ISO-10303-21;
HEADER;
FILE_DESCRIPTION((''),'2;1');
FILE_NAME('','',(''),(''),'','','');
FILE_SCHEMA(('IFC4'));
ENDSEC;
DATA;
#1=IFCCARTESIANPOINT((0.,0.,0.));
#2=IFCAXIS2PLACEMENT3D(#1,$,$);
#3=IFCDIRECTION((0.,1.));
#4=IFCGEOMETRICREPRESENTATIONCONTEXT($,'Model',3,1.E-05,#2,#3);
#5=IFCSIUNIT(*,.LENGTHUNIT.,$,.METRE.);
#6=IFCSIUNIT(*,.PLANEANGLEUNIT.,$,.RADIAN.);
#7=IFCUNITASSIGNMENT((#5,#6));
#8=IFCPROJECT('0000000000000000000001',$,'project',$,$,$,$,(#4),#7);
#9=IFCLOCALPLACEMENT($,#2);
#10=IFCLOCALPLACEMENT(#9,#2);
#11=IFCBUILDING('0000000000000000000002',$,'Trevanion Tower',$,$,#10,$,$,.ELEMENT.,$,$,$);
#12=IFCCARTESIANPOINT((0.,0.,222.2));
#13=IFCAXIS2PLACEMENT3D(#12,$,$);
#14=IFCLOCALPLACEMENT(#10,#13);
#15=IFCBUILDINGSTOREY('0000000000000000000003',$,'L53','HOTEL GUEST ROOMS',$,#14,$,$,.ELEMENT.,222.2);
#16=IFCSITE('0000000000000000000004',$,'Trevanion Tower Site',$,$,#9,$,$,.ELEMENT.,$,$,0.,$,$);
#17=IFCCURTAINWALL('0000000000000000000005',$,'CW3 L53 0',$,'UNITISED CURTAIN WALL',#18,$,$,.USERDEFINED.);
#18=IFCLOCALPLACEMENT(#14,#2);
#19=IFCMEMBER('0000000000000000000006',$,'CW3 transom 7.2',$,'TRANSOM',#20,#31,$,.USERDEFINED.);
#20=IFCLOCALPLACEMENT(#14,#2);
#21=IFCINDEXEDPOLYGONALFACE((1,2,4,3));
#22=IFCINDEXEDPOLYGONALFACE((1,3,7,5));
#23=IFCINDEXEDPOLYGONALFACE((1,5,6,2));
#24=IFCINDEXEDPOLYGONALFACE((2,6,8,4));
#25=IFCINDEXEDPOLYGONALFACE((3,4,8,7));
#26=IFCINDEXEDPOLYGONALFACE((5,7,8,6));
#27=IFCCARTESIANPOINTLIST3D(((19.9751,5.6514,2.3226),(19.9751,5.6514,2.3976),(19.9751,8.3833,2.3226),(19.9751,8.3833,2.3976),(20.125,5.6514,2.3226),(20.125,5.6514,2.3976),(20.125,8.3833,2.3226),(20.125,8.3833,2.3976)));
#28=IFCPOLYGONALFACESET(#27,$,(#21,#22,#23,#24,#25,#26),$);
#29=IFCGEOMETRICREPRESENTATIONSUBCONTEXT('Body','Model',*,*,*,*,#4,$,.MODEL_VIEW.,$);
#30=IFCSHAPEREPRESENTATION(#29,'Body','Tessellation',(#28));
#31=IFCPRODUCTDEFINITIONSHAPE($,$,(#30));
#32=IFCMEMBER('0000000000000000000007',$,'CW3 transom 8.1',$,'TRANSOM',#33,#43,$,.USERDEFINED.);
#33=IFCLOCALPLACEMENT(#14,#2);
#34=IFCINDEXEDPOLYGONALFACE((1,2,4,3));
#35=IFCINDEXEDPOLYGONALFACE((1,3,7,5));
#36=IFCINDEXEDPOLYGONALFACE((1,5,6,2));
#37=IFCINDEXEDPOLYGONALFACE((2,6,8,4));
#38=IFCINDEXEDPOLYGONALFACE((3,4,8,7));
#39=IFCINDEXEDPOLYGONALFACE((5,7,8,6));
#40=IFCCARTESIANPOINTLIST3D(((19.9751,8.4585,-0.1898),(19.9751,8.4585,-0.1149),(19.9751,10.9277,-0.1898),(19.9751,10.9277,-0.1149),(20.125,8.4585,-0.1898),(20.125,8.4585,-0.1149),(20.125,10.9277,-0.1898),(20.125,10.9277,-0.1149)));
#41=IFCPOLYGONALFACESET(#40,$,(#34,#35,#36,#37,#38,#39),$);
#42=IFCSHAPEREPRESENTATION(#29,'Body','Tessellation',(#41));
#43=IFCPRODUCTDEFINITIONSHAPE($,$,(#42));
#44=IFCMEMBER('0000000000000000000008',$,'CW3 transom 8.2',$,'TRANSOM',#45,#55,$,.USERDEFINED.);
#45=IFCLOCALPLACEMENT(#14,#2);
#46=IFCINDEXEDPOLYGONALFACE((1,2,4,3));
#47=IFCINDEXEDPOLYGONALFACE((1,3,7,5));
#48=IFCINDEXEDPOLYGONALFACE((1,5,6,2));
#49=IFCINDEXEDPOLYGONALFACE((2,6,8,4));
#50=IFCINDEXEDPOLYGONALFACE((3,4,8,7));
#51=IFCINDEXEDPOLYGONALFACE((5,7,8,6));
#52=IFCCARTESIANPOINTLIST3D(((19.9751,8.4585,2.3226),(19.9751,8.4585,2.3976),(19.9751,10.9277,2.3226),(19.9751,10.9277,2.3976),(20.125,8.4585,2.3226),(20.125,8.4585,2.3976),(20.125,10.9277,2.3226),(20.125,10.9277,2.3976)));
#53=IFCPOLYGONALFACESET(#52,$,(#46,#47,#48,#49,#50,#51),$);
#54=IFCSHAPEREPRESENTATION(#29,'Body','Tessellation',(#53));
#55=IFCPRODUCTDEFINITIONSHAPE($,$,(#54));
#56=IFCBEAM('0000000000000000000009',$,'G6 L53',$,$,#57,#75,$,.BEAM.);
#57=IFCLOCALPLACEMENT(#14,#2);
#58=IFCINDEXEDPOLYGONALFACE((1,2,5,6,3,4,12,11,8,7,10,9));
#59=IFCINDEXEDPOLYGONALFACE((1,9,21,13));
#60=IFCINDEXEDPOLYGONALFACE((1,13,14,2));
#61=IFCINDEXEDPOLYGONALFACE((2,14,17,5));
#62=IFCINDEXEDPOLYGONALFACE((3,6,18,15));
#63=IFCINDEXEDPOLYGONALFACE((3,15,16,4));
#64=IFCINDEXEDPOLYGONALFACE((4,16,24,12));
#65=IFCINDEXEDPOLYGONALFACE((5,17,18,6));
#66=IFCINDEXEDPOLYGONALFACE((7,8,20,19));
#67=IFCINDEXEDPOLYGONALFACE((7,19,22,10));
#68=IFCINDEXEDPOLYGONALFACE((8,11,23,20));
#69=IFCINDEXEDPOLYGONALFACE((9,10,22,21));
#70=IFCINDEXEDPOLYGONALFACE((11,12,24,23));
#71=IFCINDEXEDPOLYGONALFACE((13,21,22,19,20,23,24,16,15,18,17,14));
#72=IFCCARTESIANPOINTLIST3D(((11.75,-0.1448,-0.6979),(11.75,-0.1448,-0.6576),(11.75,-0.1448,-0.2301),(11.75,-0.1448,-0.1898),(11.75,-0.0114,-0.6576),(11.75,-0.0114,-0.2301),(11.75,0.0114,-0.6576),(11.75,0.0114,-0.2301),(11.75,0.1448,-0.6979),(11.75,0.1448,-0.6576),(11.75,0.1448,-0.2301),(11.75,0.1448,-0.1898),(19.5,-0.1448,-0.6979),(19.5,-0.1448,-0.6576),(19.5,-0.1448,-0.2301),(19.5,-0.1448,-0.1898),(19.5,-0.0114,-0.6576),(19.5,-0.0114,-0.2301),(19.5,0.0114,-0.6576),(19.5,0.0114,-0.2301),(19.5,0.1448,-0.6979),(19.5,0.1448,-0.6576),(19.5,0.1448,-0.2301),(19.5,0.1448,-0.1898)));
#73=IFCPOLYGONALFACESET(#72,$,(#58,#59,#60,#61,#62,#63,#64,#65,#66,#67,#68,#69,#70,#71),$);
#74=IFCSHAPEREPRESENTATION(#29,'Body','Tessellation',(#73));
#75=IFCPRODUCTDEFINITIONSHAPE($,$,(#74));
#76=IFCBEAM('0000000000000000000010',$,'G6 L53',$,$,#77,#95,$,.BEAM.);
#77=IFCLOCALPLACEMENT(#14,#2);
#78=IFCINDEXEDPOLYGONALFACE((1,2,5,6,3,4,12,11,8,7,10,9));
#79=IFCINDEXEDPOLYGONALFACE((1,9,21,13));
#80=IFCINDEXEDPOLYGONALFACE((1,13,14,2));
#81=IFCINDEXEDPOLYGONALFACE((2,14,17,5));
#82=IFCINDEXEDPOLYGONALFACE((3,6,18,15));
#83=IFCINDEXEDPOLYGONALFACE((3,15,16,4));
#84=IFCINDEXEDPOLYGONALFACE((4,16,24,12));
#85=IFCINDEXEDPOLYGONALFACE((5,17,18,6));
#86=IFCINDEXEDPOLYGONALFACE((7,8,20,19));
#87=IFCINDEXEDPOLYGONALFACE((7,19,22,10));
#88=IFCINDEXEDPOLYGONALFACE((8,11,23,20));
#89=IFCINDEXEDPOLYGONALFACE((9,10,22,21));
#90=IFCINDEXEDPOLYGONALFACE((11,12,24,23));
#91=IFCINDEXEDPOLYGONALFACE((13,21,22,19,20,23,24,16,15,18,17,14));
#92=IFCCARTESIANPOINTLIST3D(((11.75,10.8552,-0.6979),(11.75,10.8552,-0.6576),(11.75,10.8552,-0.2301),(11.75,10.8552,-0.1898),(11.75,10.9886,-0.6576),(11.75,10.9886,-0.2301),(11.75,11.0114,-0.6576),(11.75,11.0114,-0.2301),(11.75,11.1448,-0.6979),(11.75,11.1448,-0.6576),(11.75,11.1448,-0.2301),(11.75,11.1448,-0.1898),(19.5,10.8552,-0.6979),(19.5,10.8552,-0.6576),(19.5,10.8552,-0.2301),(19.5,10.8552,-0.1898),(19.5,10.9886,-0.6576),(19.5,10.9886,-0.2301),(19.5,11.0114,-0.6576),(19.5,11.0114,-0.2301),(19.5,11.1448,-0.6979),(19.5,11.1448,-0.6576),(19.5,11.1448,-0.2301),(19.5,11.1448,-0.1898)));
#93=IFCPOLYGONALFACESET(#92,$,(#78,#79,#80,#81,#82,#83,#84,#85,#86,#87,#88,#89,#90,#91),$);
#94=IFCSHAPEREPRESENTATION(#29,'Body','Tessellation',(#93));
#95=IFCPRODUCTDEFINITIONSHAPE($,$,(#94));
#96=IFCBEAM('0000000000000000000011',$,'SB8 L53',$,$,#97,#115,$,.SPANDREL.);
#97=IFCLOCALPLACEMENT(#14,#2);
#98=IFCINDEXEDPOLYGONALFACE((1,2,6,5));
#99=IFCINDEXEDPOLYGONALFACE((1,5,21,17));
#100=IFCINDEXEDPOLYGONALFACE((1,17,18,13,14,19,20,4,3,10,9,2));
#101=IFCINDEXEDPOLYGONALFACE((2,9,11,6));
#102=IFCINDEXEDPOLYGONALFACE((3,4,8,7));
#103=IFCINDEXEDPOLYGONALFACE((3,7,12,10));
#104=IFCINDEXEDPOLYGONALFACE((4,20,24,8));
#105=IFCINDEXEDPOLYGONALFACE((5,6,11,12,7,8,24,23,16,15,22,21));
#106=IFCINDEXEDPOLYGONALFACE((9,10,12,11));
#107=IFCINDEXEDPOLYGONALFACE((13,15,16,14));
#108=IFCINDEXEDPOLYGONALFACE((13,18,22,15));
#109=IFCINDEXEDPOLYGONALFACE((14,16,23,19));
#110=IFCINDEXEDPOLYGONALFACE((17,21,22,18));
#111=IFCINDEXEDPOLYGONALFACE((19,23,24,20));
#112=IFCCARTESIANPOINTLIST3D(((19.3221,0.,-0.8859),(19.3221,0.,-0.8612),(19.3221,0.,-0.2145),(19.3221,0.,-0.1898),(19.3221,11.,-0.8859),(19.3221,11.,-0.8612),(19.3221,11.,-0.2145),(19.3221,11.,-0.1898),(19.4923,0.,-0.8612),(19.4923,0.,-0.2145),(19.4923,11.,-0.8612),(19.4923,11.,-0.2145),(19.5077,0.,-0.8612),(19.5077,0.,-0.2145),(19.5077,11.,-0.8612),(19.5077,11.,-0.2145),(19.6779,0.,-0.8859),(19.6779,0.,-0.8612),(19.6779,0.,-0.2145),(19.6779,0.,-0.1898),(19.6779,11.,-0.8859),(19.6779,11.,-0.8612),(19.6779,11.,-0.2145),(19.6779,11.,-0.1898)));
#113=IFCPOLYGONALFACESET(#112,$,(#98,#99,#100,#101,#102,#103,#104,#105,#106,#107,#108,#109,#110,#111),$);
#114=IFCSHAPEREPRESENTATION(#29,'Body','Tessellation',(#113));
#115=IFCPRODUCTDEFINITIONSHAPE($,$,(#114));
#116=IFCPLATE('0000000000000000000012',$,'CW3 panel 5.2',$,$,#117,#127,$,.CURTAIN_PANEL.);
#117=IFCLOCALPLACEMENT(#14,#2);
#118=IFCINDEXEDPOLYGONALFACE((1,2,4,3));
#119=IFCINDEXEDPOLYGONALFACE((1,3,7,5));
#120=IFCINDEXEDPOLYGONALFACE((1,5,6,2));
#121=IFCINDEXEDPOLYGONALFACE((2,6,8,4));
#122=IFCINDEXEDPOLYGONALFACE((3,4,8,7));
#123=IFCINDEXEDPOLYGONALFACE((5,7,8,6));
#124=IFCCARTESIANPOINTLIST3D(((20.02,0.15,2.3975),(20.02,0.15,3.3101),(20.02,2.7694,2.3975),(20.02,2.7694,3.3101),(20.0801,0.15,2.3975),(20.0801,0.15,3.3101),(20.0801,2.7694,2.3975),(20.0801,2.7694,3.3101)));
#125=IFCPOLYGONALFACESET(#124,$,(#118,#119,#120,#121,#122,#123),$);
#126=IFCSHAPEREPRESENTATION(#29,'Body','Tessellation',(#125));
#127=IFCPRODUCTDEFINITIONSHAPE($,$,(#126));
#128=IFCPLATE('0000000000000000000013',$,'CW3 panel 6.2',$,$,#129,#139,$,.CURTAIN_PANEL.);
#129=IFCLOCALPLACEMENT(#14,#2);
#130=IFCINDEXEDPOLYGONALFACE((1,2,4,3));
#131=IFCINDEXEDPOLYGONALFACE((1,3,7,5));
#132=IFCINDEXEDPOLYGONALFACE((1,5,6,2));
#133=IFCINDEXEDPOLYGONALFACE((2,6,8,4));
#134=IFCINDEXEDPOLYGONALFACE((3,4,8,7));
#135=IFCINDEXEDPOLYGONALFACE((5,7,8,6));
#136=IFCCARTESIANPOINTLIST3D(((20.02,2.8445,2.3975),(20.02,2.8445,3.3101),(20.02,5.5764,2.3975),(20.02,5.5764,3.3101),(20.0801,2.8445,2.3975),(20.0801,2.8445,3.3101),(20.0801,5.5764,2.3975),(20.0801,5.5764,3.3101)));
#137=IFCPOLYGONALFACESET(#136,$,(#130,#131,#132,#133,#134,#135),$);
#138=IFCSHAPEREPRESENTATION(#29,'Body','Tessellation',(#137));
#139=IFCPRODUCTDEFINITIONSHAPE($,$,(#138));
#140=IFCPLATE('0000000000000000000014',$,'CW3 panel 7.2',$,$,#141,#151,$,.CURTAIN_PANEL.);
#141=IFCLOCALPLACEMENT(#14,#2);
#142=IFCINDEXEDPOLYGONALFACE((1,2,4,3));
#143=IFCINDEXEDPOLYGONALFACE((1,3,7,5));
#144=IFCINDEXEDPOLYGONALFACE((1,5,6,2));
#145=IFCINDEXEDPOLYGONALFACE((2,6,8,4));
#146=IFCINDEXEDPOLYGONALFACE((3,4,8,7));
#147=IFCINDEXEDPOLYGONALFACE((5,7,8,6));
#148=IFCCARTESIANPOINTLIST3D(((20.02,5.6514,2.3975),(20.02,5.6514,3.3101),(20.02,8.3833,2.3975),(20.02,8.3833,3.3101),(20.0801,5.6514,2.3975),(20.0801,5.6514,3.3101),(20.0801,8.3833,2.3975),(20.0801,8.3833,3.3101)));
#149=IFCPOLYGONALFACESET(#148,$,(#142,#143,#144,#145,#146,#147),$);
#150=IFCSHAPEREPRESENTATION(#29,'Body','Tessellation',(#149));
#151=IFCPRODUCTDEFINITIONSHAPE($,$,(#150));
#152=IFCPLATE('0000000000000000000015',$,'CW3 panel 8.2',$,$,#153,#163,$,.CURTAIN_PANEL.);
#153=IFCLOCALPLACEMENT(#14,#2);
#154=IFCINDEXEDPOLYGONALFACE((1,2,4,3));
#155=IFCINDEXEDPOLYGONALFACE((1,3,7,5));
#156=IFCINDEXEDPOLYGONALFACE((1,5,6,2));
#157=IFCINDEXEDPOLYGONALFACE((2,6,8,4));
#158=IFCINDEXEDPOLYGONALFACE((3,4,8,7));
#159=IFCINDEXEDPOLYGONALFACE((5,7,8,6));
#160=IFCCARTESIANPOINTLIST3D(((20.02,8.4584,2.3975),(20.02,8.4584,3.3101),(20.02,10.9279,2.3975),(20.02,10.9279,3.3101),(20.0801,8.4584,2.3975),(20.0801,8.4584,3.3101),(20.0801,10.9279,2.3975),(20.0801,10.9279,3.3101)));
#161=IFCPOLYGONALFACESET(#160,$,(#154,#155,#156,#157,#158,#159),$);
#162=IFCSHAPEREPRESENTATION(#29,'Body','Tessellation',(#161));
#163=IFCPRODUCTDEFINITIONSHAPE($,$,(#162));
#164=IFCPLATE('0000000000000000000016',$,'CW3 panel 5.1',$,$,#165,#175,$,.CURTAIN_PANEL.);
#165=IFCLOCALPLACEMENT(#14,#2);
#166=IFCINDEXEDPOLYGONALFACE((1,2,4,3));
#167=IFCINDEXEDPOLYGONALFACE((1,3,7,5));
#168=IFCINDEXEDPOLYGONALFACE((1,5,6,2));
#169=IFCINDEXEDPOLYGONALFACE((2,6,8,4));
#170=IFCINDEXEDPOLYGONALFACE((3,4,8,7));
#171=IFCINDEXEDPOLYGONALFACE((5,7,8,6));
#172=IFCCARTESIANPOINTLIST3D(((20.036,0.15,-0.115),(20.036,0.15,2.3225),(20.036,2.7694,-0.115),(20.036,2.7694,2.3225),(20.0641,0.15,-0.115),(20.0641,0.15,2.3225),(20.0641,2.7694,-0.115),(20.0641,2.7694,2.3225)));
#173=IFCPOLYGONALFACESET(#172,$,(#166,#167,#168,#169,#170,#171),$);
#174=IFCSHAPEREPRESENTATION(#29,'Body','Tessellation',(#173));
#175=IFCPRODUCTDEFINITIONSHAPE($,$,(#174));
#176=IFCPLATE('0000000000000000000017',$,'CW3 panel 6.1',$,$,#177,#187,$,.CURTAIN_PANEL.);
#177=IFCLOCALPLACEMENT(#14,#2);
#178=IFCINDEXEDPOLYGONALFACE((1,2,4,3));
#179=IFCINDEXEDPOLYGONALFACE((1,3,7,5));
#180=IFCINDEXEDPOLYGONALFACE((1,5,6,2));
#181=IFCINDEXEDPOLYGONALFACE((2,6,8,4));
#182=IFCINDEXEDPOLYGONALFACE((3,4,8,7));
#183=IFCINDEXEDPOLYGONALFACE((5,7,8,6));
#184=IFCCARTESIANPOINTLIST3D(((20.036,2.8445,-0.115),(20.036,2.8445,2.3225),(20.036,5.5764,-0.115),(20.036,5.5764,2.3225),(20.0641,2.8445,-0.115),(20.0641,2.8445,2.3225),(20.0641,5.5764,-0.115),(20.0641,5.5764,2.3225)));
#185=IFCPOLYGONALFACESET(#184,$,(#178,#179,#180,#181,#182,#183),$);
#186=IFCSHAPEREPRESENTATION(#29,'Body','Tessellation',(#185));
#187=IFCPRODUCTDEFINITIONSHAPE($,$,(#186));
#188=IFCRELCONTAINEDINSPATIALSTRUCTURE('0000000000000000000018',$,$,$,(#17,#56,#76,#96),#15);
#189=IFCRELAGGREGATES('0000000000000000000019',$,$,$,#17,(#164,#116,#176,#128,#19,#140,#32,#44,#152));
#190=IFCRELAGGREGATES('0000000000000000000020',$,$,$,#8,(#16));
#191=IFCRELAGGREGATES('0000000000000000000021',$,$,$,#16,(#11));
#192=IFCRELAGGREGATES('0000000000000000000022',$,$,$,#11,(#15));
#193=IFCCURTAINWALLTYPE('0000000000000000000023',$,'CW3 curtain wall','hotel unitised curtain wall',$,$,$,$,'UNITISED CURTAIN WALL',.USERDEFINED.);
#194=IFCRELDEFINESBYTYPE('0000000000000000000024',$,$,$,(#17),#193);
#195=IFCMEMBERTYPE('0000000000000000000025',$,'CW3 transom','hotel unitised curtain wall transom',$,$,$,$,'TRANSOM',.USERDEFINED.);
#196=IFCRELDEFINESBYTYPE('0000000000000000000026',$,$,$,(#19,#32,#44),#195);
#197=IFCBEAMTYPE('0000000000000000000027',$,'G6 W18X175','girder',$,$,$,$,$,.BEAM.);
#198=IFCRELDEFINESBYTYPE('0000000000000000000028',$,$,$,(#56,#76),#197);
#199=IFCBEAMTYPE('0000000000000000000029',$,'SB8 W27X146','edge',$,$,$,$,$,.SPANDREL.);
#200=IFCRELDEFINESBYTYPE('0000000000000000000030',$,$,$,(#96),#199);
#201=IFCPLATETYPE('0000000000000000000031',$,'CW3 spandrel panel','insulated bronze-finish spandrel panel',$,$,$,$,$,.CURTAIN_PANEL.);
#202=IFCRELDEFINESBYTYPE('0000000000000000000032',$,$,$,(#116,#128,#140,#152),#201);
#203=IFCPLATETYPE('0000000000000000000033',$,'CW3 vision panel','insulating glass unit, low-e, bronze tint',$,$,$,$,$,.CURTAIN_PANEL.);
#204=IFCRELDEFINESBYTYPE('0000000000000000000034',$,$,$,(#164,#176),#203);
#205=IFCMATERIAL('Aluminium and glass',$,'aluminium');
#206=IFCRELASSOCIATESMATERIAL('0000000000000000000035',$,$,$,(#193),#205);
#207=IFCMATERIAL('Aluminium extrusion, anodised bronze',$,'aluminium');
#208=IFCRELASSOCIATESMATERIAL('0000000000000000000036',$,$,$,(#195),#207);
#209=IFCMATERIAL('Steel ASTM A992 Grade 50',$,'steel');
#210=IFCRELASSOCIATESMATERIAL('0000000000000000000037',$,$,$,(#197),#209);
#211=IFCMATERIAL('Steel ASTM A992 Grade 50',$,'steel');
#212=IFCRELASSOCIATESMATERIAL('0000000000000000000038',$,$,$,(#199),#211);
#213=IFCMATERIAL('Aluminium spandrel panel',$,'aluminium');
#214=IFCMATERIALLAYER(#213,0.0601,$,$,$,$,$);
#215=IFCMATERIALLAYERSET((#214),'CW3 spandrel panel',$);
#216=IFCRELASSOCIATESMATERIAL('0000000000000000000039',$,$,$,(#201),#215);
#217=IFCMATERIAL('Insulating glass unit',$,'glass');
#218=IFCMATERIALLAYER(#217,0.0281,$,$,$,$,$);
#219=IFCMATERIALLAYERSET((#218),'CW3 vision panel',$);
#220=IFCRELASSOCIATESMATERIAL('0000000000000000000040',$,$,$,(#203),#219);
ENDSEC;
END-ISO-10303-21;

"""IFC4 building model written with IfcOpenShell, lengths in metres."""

from ifc_helpers import new_model, si_unit, direction, frame, origin, origin_2d, place, context, subcontext, project, spatial, rectangle, i_section, extrude, material, layer, layer_set, material_profile, profile_set, type_object, element, aggregate, save


model = new_model("IFC4")

# Units and contexts
model_context = context("Model", 3, precision=1e-05, world=origin(), true_north=direction((0.0, 1.0)))
body_context = subcontext(model_context, "Body", "Model", "MODEL_VIEW")
ifc_project = project(units=[si_unit("LENGTHUNIT", "METRE"), si_unit("PLANEANGLEUNIT", "RADIAN")], contexts=[model_context])

# Site, building, storey
site_placement = place(None, origin())
site = spatial("IfcSite", under=ifc_project, at=site_placement, Name="Trevanion Tower Site", CompositionType="ELEMENT", RefElevation=0.0)
building_placement = place(site_placement, origin())
building = spatial("IfcBuilding", under=site, at=building_placement, Name="Trevanion Tower", CompositionType="ELEMENT")
storey_placement = place(building_placement, frame((0.0, 0.0, 222.2)))
storey = spatial("IfcBuildingStorey", under=building, at=storey_placement, Name="L53", Description="HOTEL GUEST ROOMS", CompositionType="ELEMENT", Elevation=222.2)

# Curtain wall, members
ifc_material_1 = material(Name="Aluminium and glass", Category="aluminium")
curtain_wall_type = type_object("IfcCurtainWallType", Name="CW3 curtain wall", Description="hotel unitised curtain wall", ElementType="UNITISED CURTAIN WALL", PredefinedType="USERDEFINED", material=ifc_material_1)
curtain_wall_placement = place(storey_placement, origin())
curtain_wall = element("IfcCurtainWall", 1, at=curtain_wall_placement, inside=storey, type_object=curtain_wall_type, Name="CW3 L53 0", ObjectType="UNITISED CURTAIN WALL", PredefinedType="USERDEFINED")
ifc_material_2 = material(Name="Aluminium extrusion, anodised bronze", Category="aluminium")
ifc_material_profile_1 = material_profile(ifc_material_2, rectangle(XDim=0.1499, YDim=0.075, at=origin_2d()), Name="CW3 transom")
ifc_profile_set_1 = profile_set([ifc_material_profile_1], Name="Aluminium extrusion, anodised bronze")
member_type_1 = type_object("IfcMemberType", Name="CW3 transom", Description="hotel unitised curtain wall transom", ElementType="TRANSOM", PredefinedType="USERDEFINED", material=ifc_profile_set_1)
member_1_placement = place(storey_placement, frame((20.05, 5.6514, 2.3601), z_axis=(0.0, 1.0, 0.0), x_axis=(-1.0, 0.0, 0.0)))
member_1 = element("IfcMember", 2, at=member_1_placement, type_object=member_type_1, Name="CW3 transom 7.2", ObjectType="TRANSOM", PredefinedType="USERDEFINED", context=body_context, shape_type="SweptSolid", body=[
    extrude(rectangle(XDim=0.1499, YDim=0.075, at=origin_2d()), origin(), (0.0, 0.0, 1.0), 2.7319),
])
member_2_placement = place(storey_placement, frame((20.05, 8.4585, -0.1523), z_axis=(0.0, 1.0, 0.0), x_axis=(-1.0, 0.0, 0.0)))
member_2 = element("IfcMember", 3, at=member_2_placement, type_object=member_type_1, Name="CW3 transom 8.1", ObjectType="TRANSOM", PredefinedType="USERDEFINED", context=body_context, shape_type="SweptSolid", body=[
    extrude(rectangle(XDim=0.1499, YDim=0.075, at=origin_2d()), origin(), (0.0, 0.0, 1.0), 2.4692),
])
member_3_placement = place(storey_placement, frame((20.05, 8.4585, 2.3601), z_axis=(0.0, 1.0, 0.0), x_axis=(-1.0, 0.0, 0.0)))
member_3 = element("IfcMember", 4, at=member_3_placement, type_object=member_type_1, Name="CW3 transom 8.2", ObjectType="TRANSOM", PredefinedType="USERDEFINED", context=body_context, shape_type="SweptSolid", body=[
    extrude(rectangle(XDim=0.1499, YDim=0.075, at=origin_2d()), origin(), (0.0, 0.0, 1.0), 2.4692),
])

# Beams
ifc_material_3 = material(Name="Steel ASTM A992 Grade 50", Category="steel")
ifc_material_profile_2 = material_profile(ifc_material_3, i_section(OverallWidth=0.2896, OverallDepth=0.5081, WebThickness=0.0227, FlangeThickness=0.0403, at=origin_2d()), Name="W18X175")
ifc_profile_set_2 = profile_set([ifc_material_profile_2], Name="Steel ASTM A992 Grade 50")
beam_type_1 = type_object("IfcBeamType", Name="G6 W18X175", Description="girder", PredefinedType="BEAM", material=ifc_profile_set_2)
for number, where, z_axis, x_axis, name in (
    (5, (11.75, 0.0, -0.4438), (1.0, 0.0, 0.0), (0.0, 1.0, 0.0), "G6 L53"),
    (6, (11.75, 11.0, -0.4438), (1.0, 0.0, 0.0), (0.0, 1.0, 0.0), "G6 L53"),
):
    element("IfcBeam", number, at=place(storey_placement, frame(where, z_axis=z_axis, x_axis=x_axis)), inside=storey, type_object=beam_type_1, Name=name, PredefinedType="BEAM", context=body_context, shape_type="SweptSolid", body=[
        extrude(i_section(OverallWidth=0.2896, OverallDepth=0.5081, WebThickness=0.0227, FlangeThickness=0.0403, at=origin_2d()), origin(), (0.0, 0.0, 1.0), 7.75),
    ])
ifc_material_4 = material(Name="Steel ASTM A992 Grade 50", Category="steel")
ifc_material_profile_3 = material_profile(ifc_material_4, i_section(OverallWidth=0.3557, OverallDepth=0.696, WebThickness=0.0154, FlangeThickness=0.0247, at=origin_2d()), Name="W27X146")
ifc_profile_set_3 = profile_set([ifc_material_profile_3], Name="Steel ASTM A992 Grade 50")
beam_type_2 = type_object("IfcBeamType", Name="SB8 W27X146", Description="edge", PredefinedType="SPANDREL", material=ifc_profile_set_3)
beam_placement = place(storey_placement, frame((19.5, 0.0, -0.5378), z_axis=(0.0, 1.0, 0.0), x_axis=(-1.0, 0.0, 0.0)))
element("IfcBeam", 7, at=beam_placement, inside=storey, type_object=beam_type_2, Name="SB8 L53", PredefinedType="SPANDREL", context=body_context, shape_type="SweptSolid", body=[
    extrude(i_section(OverallWidth=0.3557, OverallDepth=0.696, WebThickness=0.0154, FlangeThickness=0.0247, at=origin_2d()), origin(), (0.0, 0.0, 1.0), 11.0),
])

# Plates
ifc_material_5 = material(Name="Aluminium spandrel panel", Category="aluminium")
ifc_layer_1 = layer(ifc_material_5, 0.0601)
ifc_layer_set_1 = layer_set([ifc_layer_1], Name="CW3 spandrel panel")
plate_type_1 = type_object("IfcPlateType", Name="CW3 spandrel panel", Description="insulated bronze-finish spandrel panel", PredefinedType="CURTAIN_PANEL", material=ifc_layer_set_1)
plate_1_placement = place(storey_placement, frame((20.05, 1.4597, 2.3975), z_axis=(0.0, 0.0, 1.0), x_axis=(0.0, 1.0, 0.0)))
plate_1 = element("IfcPlate", 8, at=plate_1_placement, type_object=plate_type_1, Name="CW3 panel 5.2", PredefinedType="CURTAIN_PANEL", context=body_context, shape_type="SweptSolid", body=[
    extrude(rectangle(XDim=2.6194, YDim=0.0601, at=origin_2d()), origin(), (0.0, 0.0, 1.0), 0.9126),
])
plate_2_placement = place(storey_placement, frame((20.05, 4.2104, 2.3975), z_axis=(0.0, 0.0, 1.0), x_axis=(0.0, 1.0, 0.0)))
plate_2 = element("IfcPlate", 9, at=plate_2_placement, type_object=plate_type_1, Name="CW3 panel 6.2", PredefinedType="CURTAIN_PANEL", context=body_context, shape_type="SweptSolid", body=[
    extrude(rectangle(XDim=2.7319, YDim=0.0601, at=origin_2d()), origin(), (0.0, 0.0, 1.0), 0.9126),
])
plate_3_placement = place(storey_placement, frame((20.05, 7.0173, 2.3975), z_axis=(0.0, 0.0, 1.0), x_axis=(0.0, 1.0, 0.0)))
plate_3 = element("IfcPlate", 10, at=plate_3_placement, type_object=plate_type_1, Name="CW3 panel 7.2", PredefinedType="CURTAIN_PANEL", context=body_context, shape_type="SweptSolid", body=[
    extrude(rectangle(XDim=2.7319, YDim=0.0601, at=origin_2d()), origin(), (0.0, 0.0, 1.0), 0.9126),
])
plate_4_placement = place(storey_placement, frame((20.05, 9.6931, 2.3975), z_axis=(0.0, 0.0, 1.0), x_axis=(0.0, 1.0, 0.0)))
plate_4 = element("IfcPlate", 11, at=plate_4_placement, type_object=plate_type_1, Name="CW3 panel 8.2", PredefinedType="CURTAIN_PANEL", context=body_context, shape_type="SweptSolid", body=[
    extrude(rectangle(XDim=2.4695, YDim=0.0601, at=origin_2d()), origin(), (0.0, 0.0, 1.0), 0.9126),
])
ifc_material_6 = material(Name="Insulating glass unit", Category="glass")
ifc_layer_2 = layer(ifc_material_6, 0.0281)
ifc_layer_set_2 = layer_set([ifc_layer_2], Name="CW3 vision panel")
plate_type_2 = type_object("IfcPlateType", Name="CW3 vision panel", Description="insulating glass unit, low-e, bronze tint", PredefinedType="CURTAIN_PANEL", material=ifc_layer_set_2)
plate_5_placement = place(storey_placement, frame((20.05, 1.4597, -0.115), z_axis=(0.0, 0.0, 1.0), x_axis=(0.0, 1.0, 0.0)))
plate_5 = element("IfcPlate", 12, at=plate_5_placement, type_object=plate_type_2, Name="CW3 panel 5.1", PredefinedType="CURTAIN_PANEL", context=body_context, shape_type="SweptSolid", body=[
    extrude(rectangle(XDim=2.6194, YDim=0.0281, at=origin_2d()), origin(), (0.0, 0.0, 1.0), 2.4375),
])
plate_6_placement = place(storey_placement, frame((20.05, 4.2104, -0.115), z_axis=(0.0, 0.0, 1.0), x_axis=(0.0, 1.0, 0.0)))
plate_6 = element("IfcPlate", 13, at=plate_6_placement, type_object=plate_type_2, Name="CW3 panel 6.1", PredefinedType="CURTAIN_PANEL", context=body_context, shape_type="SweptSolid", body=[
    extrude(rectangle(XDim=2.7319, YDim=0.0281, at=origin_2d()), origin(), (0.0, 0.0, 1.0), 2.4375),
])
aggregate(curtain_wall, [plate_5, plate_1, plate_6, plate_2, member_1, plate_3, member_2, member_3, plate_4])

save(model, "model.ifc")
